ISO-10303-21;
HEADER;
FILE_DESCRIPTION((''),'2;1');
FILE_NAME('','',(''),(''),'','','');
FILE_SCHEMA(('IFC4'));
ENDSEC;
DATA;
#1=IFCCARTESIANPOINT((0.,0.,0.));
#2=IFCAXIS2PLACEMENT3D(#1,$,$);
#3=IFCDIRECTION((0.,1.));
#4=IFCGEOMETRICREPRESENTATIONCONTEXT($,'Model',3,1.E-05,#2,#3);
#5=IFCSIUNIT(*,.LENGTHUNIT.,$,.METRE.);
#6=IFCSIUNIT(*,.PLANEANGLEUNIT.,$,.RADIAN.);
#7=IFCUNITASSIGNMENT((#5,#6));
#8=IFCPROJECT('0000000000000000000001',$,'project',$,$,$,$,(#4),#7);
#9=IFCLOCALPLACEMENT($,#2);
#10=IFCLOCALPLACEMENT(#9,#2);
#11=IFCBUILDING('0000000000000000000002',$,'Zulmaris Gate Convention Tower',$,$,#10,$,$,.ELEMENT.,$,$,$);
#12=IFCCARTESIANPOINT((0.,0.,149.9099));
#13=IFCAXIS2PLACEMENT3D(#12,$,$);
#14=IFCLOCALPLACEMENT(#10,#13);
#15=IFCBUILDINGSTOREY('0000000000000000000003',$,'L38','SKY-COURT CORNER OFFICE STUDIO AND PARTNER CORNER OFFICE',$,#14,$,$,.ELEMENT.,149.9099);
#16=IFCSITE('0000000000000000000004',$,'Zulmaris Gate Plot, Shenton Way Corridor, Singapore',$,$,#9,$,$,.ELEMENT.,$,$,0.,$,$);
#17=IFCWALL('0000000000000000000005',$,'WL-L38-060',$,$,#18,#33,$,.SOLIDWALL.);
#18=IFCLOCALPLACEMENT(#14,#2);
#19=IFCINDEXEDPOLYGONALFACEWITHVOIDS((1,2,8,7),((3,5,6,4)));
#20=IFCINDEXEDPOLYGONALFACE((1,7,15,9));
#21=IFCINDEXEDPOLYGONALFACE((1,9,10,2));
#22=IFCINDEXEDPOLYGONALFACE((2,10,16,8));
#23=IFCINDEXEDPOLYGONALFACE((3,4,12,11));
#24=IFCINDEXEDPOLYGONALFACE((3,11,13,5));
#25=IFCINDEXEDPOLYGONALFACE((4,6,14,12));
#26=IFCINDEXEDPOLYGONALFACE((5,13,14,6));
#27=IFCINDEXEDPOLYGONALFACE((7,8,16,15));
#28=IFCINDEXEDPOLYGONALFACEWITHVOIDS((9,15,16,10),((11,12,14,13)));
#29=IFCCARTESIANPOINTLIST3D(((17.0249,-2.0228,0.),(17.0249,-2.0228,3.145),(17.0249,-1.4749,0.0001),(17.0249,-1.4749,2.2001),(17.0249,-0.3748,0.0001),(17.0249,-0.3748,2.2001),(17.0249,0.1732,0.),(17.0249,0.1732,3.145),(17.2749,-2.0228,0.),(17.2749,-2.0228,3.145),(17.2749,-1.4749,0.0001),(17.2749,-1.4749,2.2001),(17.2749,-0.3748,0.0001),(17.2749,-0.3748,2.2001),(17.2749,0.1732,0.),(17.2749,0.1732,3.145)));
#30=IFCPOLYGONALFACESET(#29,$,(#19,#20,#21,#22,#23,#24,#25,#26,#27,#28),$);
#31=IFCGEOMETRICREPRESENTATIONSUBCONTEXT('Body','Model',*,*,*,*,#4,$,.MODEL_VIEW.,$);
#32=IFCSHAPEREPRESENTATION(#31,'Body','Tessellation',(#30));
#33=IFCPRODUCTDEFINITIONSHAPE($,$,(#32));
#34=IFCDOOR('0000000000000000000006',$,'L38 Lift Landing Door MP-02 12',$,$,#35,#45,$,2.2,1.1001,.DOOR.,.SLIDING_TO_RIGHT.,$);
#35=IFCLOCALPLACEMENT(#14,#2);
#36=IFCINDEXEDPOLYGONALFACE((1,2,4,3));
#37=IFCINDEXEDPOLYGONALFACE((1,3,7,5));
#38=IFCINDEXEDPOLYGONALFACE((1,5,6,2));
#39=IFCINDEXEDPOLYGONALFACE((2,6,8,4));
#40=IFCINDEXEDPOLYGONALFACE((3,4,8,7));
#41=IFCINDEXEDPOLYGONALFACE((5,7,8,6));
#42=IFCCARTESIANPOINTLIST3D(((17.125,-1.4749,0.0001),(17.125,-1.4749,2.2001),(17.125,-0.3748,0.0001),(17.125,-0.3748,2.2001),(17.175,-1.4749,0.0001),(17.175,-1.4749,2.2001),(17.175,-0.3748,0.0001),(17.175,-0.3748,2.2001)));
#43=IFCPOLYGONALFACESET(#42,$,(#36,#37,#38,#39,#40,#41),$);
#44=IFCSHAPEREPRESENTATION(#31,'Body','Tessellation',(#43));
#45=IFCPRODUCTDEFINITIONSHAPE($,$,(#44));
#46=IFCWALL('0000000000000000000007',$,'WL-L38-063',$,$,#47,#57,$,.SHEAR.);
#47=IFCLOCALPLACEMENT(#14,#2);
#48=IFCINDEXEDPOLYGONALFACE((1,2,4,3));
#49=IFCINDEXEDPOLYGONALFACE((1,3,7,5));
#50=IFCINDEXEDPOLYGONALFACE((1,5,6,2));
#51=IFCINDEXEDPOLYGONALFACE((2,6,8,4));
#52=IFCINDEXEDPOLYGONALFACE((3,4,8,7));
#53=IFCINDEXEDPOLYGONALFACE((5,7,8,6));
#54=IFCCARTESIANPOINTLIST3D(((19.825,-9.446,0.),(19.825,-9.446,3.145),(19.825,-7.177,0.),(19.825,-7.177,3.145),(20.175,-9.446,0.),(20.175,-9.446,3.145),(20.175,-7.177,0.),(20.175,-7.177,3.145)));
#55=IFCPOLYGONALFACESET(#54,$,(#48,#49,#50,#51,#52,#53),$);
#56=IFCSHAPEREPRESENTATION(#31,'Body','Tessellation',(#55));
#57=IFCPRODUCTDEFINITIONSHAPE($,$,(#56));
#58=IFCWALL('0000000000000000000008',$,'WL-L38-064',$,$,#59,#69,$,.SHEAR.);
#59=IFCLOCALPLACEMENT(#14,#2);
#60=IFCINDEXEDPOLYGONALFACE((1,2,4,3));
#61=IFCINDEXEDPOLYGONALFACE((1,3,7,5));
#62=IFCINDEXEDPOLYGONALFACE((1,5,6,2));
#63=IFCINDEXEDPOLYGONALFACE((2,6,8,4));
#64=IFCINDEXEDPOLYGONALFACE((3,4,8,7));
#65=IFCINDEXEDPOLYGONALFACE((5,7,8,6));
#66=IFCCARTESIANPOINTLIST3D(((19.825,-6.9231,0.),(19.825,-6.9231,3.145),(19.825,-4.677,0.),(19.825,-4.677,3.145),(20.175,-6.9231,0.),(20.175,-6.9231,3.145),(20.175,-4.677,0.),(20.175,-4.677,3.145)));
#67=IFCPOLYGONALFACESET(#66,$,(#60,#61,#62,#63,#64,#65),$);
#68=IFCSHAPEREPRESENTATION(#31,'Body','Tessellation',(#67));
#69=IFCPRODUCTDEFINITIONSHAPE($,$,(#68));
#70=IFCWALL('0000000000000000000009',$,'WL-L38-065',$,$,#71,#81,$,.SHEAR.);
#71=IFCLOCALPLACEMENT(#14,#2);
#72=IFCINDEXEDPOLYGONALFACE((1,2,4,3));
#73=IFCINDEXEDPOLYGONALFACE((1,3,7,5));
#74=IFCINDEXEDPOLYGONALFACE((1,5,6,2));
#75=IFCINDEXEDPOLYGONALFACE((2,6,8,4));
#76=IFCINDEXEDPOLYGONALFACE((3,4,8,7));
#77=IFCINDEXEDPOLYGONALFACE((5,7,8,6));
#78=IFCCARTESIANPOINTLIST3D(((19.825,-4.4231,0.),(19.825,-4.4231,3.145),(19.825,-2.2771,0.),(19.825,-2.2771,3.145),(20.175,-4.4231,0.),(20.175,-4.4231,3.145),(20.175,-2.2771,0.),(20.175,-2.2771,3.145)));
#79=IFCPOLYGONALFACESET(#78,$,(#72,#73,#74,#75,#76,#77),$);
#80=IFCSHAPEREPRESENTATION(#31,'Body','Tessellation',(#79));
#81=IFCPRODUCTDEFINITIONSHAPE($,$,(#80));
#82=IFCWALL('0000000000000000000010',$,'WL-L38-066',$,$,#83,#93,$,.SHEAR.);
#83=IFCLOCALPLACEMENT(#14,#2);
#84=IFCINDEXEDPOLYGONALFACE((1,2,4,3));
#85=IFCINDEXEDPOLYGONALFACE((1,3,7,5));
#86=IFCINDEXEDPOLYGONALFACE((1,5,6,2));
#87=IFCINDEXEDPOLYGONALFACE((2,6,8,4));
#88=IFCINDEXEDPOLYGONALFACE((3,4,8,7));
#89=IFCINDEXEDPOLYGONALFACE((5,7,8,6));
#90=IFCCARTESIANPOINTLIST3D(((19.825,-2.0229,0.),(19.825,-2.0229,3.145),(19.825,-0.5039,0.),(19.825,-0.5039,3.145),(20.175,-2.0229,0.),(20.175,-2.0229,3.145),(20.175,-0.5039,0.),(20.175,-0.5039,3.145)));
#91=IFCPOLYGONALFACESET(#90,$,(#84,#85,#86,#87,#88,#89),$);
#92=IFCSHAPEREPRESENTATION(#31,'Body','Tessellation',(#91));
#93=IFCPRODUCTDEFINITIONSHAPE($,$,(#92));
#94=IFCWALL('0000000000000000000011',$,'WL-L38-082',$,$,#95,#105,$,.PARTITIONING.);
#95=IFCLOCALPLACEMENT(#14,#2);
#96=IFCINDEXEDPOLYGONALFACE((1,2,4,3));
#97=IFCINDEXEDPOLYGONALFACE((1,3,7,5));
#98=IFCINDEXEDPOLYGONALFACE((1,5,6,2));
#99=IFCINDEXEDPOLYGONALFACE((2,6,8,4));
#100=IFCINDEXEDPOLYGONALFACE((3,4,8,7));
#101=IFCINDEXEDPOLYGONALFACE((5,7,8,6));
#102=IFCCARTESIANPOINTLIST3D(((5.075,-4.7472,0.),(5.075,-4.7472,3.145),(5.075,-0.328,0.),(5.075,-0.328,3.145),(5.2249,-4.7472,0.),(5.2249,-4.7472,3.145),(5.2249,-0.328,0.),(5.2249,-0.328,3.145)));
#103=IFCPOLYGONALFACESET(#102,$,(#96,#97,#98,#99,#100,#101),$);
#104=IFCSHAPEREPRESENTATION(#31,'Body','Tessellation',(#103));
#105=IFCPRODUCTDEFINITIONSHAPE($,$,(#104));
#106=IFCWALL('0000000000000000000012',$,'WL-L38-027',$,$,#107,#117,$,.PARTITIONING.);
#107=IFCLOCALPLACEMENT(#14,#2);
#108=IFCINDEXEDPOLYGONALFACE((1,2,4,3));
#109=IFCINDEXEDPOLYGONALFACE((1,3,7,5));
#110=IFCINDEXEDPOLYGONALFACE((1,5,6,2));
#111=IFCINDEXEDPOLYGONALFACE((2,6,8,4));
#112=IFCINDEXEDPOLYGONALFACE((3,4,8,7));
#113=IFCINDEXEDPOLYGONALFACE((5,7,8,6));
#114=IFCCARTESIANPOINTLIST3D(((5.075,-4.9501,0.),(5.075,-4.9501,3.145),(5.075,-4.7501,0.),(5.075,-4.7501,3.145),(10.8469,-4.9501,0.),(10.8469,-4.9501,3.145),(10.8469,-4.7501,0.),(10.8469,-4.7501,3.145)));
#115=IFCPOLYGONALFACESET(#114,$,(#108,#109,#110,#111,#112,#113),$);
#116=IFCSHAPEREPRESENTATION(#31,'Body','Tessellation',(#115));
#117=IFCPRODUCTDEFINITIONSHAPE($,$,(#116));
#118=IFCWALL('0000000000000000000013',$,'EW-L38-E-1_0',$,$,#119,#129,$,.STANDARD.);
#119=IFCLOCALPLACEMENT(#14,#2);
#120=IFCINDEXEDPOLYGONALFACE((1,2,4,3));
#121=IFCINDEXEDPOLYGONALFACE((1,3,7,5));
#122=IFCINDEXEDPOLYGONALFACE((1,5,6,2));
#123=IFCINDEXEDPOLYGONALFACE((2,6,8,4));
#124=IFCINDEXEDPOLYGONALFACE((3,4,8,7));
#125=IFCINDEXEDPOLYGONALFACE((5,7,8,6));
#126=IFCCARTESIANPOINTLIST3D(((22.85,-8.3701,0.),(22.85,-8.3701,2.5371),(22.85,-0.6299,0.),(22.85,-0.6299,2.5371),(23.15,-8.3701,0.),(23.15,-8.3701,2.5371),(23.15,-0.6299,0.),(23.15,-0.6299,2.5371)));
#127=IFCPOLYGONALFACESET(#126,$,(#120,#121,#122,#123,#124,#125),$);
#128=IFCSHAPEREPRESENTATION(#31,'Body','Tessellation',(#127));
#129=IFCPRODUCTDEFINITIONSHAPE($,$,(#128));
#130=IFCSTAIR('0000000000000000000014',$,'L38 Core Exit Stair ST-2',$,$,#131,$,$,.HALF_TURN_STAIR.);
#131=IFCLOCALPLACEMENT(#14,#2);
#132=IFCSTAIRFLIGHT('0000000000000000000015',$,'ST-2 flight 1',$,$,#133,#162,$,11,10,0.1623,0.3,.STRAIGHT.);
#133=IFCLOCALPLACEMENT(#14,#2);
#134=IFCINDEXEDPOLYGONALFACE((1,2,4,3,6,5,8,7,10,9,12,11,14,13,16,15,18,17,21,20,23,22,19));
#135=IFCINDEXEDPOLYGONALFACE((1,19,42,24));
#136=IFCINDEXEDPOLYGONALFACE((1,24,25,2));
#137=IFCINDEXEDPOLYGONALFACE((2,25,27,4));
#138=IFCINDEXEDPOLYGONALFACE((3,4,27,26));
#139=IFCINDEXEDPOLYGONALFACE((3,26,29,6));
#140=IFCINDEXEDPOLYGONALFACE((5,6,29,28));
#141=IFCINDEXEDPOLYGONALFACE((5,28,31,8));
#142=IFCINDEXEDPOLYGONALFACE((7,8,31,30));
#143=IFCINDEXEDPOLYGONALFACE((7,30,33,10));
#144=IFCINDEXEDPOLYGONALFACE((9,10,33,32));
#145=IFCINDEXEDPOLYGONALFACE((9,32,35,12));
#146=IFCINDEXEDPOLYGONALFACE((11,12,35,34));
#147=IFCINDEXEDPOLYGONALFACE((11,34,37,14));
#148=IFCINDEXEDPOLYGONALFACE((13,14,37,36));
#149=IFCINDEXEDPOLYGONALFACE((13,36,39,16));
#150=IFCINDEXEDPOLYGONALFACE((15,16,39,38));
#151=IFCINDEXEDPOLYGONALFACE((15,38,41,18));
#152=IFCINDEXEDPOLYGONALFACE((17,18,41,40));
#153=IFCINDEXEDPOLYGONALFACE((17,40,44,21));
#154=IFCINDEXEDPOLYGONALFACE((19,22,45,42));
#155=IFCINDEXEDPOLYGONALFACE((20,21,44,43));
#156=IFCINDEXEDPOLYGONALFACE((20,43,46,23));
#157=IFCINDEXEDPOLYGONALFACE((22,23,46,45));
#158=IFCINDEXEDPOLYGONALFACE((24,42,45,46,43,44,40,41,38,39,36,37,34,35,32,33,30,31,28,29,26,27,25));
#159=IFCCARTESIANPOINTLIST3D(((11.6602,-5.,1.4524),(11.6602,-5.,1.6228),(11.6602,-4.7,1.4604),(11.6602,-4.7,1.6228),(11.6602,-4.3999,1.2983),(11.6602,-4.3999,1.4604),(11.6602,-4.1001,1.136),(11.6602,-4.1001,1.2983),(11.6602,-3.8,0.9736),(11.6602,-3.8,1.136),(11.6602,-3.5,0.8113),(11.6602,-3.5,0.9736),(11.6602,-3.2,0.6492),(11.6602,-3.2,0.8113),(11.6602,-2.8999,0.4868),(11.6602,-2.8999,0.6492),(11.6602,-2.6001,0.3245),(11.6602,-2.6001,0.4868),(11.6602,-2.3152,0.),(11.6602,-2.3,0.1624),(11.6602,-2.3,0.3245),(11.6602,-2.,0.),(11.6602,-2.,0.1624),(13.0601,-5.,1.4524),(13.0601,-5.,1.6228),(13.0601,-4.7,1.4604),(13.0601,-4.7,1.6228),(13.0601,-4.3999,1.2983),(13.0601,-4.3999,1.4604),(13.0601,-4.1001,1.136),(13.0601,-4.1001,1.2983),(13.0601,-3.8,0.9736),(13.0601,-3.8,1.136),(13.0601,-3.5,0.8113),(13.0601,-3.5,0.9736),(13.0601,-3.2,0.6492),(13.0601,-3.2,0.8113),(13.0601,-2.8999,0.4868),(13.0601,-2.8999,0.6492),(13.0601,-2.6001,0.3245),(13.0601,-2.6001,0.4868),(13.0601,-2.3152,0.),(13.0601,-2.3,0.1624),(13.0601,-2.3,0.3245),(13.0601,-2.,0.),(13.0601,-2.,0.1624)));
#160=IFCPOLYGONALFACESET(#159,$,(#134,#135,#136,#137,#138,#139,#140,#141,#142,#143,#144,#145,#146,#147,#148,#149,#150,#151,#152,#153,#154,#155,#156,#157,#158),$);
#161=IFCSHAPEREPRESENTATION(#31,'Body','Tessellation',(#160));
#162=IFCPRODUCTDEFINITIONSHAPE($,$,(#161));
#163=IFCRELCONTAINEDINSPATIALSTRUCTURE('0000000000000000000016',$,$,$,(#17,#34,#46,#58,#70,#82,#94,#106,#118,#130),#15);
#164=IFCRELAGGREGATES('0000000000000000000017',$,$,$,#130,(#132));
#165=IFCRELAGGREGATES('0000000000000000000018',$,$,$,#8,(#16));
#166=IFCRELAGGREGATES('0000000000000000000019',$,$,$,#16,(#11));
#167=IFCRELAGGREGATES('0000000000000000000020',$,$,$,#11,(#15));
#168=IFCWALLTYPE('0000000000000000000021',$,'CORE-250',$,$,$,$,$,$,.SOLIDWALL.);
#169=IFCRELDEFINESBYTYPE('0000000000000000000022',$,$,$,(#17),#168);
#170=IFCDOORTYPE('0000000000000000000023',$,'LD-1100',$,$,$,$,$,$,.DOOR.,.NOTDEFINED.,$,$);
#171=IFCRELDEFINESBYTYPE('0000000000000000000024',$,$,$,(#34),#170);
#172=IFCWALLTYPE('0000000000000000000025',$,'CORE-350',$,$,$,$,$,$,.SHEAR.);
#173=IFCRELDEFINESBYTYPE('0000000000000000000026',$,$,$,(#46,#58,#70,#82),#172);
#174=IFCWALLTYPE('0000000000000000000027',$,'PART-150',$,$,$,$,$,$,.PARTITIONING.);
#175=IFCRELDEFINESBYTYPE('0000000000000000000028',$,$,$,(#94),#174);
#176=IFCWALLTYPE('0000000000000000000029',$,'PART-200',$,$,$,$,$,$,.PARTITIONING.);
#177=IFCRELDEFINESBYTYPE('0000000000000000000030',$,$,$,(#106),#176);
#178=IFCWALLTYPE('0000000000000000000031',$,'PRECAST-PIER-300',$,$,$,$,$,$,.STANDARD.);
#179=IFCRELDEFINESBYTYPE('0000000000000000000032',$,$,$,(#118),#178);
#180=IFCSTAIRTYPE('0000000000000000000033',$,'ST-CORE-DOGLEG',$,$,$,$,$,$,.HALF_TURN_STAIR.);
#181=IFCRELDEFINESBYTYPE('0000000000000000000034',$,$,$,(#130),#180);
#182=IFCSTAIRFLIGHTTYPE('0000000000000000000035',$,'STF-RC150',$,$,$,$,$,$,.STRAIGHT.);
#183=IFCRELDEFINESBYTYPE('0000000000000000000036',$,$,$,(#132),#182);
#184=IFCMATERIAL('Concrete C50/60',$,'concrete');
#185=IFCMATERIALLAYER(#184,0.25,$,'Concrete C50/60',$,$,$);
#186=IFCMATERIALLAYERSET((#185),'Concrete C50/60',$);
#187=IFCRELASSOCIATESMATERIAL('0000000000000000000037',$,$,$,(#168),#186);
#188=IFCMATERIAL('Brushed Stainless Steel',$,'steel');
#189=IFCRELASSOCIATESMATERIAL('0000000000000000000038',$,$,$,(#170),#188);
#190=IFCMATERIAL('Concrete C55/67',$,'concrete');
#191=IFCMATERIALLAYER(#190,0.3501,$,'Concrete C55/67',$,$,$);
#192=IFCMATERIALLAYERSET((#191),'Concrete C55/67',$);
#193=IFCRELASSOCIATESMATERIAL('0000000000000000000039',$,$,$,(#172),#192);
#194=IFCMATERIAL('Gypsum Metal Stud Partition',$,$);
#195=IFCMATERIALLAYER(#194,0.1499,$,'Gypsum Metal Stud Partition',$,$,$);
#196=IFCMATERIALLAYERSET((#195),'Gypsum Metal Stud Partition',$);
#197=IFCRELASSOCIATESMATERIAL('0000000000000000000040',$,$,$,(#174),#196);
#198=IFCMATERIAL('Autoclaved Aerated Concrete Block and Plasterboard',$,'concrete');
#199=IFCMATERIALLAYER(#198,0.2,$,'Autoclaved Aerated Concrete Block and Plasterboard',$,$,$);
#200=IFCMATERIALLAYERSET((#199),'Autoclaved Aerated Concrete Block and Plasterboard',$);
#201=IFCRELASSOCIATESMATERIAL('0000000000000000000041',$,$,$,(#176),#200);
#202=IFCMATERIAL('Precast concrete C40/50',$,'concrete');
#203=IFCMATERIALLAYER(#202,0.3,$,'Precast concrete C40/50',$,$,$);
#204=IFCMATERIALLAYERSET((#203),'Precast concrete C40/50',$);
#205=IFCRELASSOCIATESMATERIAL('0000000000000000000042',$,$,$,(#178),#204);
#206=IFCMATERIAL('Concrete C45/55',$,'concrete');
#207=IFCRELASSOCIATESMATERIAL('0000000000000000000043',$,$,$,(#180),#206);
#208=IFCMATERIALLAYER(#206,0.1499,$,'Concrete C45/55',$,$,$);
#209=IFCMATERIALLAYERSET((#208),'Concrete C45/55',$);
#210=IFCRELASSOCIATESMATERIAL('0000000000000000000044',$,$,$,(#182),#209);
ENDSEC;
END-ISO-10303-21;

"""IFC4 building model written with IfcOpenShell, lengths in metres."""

from ifc_helpers import new_model, si_unit, direction, frame, frame_2d, origin, place, context, subcontext, project, spatial, polyline, rectangle, outline, extrude, material, layer, layer_set, type_object, element, fill, aggregate, save


model = new_model("IFC4")

# Units and contexts
model_context = context("Model", 3, precision=1e-05, world=origin(), true_north=direction((0.0, 1.0)))
body_context = subcontext(model_context, "Body", "Model", "MODEL_VIEW")
ifc_project = project(units=[si_unit("LENGTHUNIT", "METRE"), si_unit("PLANEANGLEUNIT", "RADIAN")], contexts=[model_context])

# Site, building, storey
site_placement = place(None, origin())
site = spatial("IfcSite", under=ifc_project, at=site_placement, Name="Zulmaris Gate Plot, Shenton Way Corridor, Singapore", CompositionType="ELEMENT", RefElevation=0.0)
building_placement = place(site_placement, origin())
building = spatial("IfcBuilding", under=site, at=building_placement, Name="Zulmaris Gate Convention Tower", CompositionType="ELEMENT")
storey_placement = place(building_placement, frame((0.0, 0.0, 149.9099)))
storey = spatial("IfcBuildingStorey", under=building, at=storey_placement, Name="L38", Description="SKY-COURT CORNER OFFICE STUDIO AND PARTNER CORNER OFFICE", CompositionType="ELEMENT", Elevation=149.9099)

# Shared definitions
ifc_material_1 = material(Name="Concrete C50/60", Category="concrete")
ifc_layer_1 = layer(ifc_material_1, 0.25, Name="Concrete C50/60")
ifc_layer_set_1 = layer_set([ifc_layer_1], Name="Concrete C50/60")
wall_type_1 = type_object("IfcWallType", Name="CORE-250", PredefinedType="SOLIDWALL", material=ifc_layer_set_1)

# Wall, opening, door
ifc_material_2 = material(Name="Brushed Stainless Steel", Category="steel")
door_type_1 = type_object("IfcDoorType", Name="LD-1100", OperationType="NOTDEFINED", PredefinedType="DOOR", material=ifc_material_2)
wall_1_placement = place(storey_placement, frame((17.1499, -2.0229, 0.0), z_axis=(0.0, 0.0, 1.0), x_axis=(0.0, 1.0, 0.0)))
wall_1 = element("IfcWall", 1, at=wall_1_placement, inside=storey, type_object=wall_type_1, Name="WL-L38-060", PredefinedType="SOLIDWALL", context=body_context, shape_type="SweptSolid", body=[
    extrude(rectangle(XDim=2.196, YDim=0.25, at=frame_2d((1.0981, 0.0))), origin(), (0.0, 0.0, 1.0), 3.145),
])
opening_1_placement = place(wall_1_placement, frame((0.5481, 0.0, 0.0)))
opening_1 = element("IfcOpeningElement", 2, at=opening_1_placement, cuts=wall_1, PredefinedType="OPENING", context=body_context, shape_type="SweptSolid", body=[
    extrude(rectangle(XDim=1.1001, YDim=2.2, at=frame_2d((0.55, 1.1001))), frame((0.0, 0.135, 0.0), z_axis=(0.0, -1.0, 0.0), x_axis=(1.0, 0.0, 0.0)), (0.0, 0.0, 1.0), 0.27),
])
door_1_placement = place(opening_1_placement, origin())
door_1 = element("IfcDoor", 3, at=door_1_placement, inside=storey, type_object=door_type_1, Name="L38 Lift Landing Door MP-02 12", OperationType="SLIDING_TO_RIGHT", OverallHeight=2.2, OverallWidth=1.1001, PredefinedType="DOOR", context=body_context, shape_type="SweptSolid", body=[
    extrude(rectangle(XDim=1.1001, YDim=2.2, at=frame_2d((0.55, 1.1001))), frame((0.0, 0.0249, 0.0), z_axis=(0.0, -1.0, 0.0), x_axis=(1.0, 0.0, 0.0)), (0.0, 0.0, 1.0), 0.05),
])
fill(opening_1, door_1)

# Walls
ifc_material_3 = material(Name="Concrete C55/67", Category="concrete")
ifc_layer_2 = layer(ifc_material_3, 0.3501, Name="Concrete C55/67")
ifc_layer_set_2 = layer_set([ifc_layer_2], Name="Concrete C55/67")
wall_type_2 = type_object("IfcWallType", Name="CORE-350", PredefinedType="SHEAR", material=ifc_layer_set_2)
wall_2_placement = place(storey_placement, frame((20.0, -9.446, 0.0), z_axis=(0.0, 0.0, 1.0), x_axis=(0.0, 1.0, 0.0)))
element("IfcWall", 4, at=wall_2_placement, inside=storey, type_object=wall_type_2, Name="WL-L38-063", PredefinedType="SHEAR", context=body_context, shape_type="SweptSolid", body=[
    extrude(rectangle(XDim=2.269, YDim=0.3501, at=frame_2d((1.1345, 0.0))), origin(), (0.0, 0.0, 1.0), 3.145),
])
wall_3_placement = place(storey_placement, frame((20.0, -6.9231, 0.0), z_axis=(0.0, 0.0, 1.0), x_axis=(0.0, 1.0, 0.0)))
element("IfcWall", 5, at=wall_3_placement, inside=storey, type_object=wall_type_2, Name="WL-L38-064", PredefinedType="SHEAR", context=body_context, shape_type="SweptSolid", body=[
    extrude(rectangle(XDim=2.2461, YDim=0.3501, at=frame_2d((1.123, 0.0))), origin(), (0.0, 0.0, 1.0), 3.145),
])
wall_4_placement = place(storey_placement, frame((20.0, -4.4231, 0.0), z_axis=(0.0, 0.0, 1.0), x_axis=(0.0, 1.0, 0.0)))
element("IfcWall", 6, at=wall_4_placement, inside=storey, type_object=wall_type_2, Name="WL-L38-065", PredefinedType="SHEAR", context=body_context, shape_type="SweptSolid", body=[
    extrude(rectangle(XDim=2.146, YDim=0.3501, at=frame_2d((1.073, 0.0))), origin(), (0.0, 0.0, 1.0), 3.145),
])
wall_5_placement = place(storey_placement, frame((20.0, -2.0229, 0.0), z_axis=(0.0, 0.0, 1.0), x_axis=(0.0, 1.0, 0.0)))
element("IfcWall", 7, at=wall_5_placement, inside=storey, type_object=wall_type_2, Name="WL-L38-066", PredefinedType="SHEAR", context=body_context, shape_type="SweptSolid", body=[
    extrude(rectangle(XDim=1.519, YDim=0.3501, at=frame_2d((0.7595, 0.0))), origin(), (0.0, 0.0, 1.0), 3.145),
])
ifc_material_4 = material(Name="Gypsum Metal Stud Partition")
ifc_layer_3 = layer(ifc_material_4, 0.1499, Name="Gypsum Metal Stud Partition")
ifc_layer_set_3 = layer_set([ifc_layer_3], Name="Gypsum Metal Stud Partition")
wall_type_3 = type_object("IfcWallType", Name="PART-150", PredefinedType="PARTITIONING", material=ifc_layer_set_3)
wall_6_placement = place(storey_placement, frame((5.1499, -4.7471, 0.0), z_axis=(0.0, 0.0, 1.0), x_axis=(0.0, 1.0, 0.0)))
element("IfcWall", 8, at=wall_6_placement, inside=storey, type_object=wall_type_3, Name="WL-L38-082", PredefinedType="PARTITIONING", context=body_context, shape_type="SweptSolid", body=[
    extrude(rectangle(XDim=4.4192, YDim=0.1499, at=frame_2d((2.2095, 0.0))), origin(), (0.0, 0.0, 1.0), 3.145),
])
ifc_material_5 = material(Name="Autoclaved Aerated Concrete Block and Plasterboard", Category="concrete")
ifc_layer_4 = layer(ifc_material_5, 0.2, Name="Autoclaved Aerated Concrete Block and Plasterboard")
ifc_layer_set_4 = layer_set([ifc_layer_4], Name="Autoclaved Aerated Concrete Block and Plasterboard")
wall_type_4 = type_object("IfcWallType", Name="PART-200", PredefinedType="PARTITIONING", material=ifc_layer_set_4)
wall_7_placement = place(storey_placement, frame((5.075, -4.8501, 0.0), z_axis=(0.0, 0.0, 1.0), x_axis=(1.0, 0.0, 0.0)))
element("IfcWall", 9, at=wall_7_placement, inside=storey, type_object=wall_type_4, Name="WL-L38-027", PredefinedType="PARTITIONING", context=body_context, shape_type="SweptSolid", body=[
    extrude(rectangle(XDim=5.772, YDim=0.2, at=frame_2d((2.886, 0.0))), origin(), (0.0, 0.0, 1.0), 3.145),
])
ifc_material_6 = material(Name="Precast concrete C40/50", Category="concrete")
ifc_layer_5 = layer(ifc_material_6, 0.3, Name="Precast concrete C40/50")
ifc_layer_set_5 = layer_set([ifc_layer_5], Name="Precast concrete C40/50")
wall_type_5 = type_object("IfcWallType", Name="PRECAST-PIER-300", PredefinedType="STANDARD", material=ifc_layer_set_5)
wall_8_placement = place(storey_placement, frame((23.0, -8.3701, 0.0), z_axis=(0.0, 0.0, 1.0), x_axis=(0.0, 1.0, 0.0)))
element("IfcWall", 10, at=wall_8_placement, inside=storey, type_object=wall_type_5, Name="EW-L38-E-1_0", PredefinedType="STANDARD", context=body_context, shape_type="SweptSolid", body=[
    extrude(rectangle(XDim=7.7402, YDim=0.3, at=frame_2d((3.8701, 0.0))), origin(), (0.0, 0.0, 1.0), 2.5371),
])

# Stair, stair flight
ifc_material_7 = material(Name="Concrete C45/55", Category="concrete")
stair_type = type_object("IfcStairType", Name="ST-CORE-DOGLEG", PredefinedType="HALF_TURN_STAIR", material=ifc_material_7)
stair_placement = place(storey_placement, origin())
stair = element("IfcStair", 11, at=stair_placement, inside=storey, type_object=stair_type, Name="L38 Core Exit Stair ST-2", PredefinedType="HALF_TURN_STAIR")
ifc_layer_6 = layer(ifc_material_7, 0.1499, Name="Concrete C45/55")
ifc_layer_set_6 = layer_set([ifc_layer_6], Name="Concrete C45/55")
stair_flight_type = type_object("IfcStairFlightType", Name="STF-RC150", PredefinedType="STRAIGHT", material=ifc_layer_set_6)
stair_flight_1_placement = place(storey_placement, frame((12.3601, -2.0, 0.0), z_axis=(0.0, 0.0, 1.0), x_axis=(0.0, -1.0, 0.0)))
stair_flight_1 = element("IfcStairFlight", 12, at=stair_flight_1_placement, type_object=stair_flight_type, Name="ST-2 flight 1", NumberOfRisers=11, NumberOfTreads=10, PredefinedType="STRAIGHT", RiserHeight=0.1623, TreadLength=0.3, context=body_context, shape_type="SweptSolid", body=[
    extrude(outline(polyline([(0.0, 0.0), (0.0, 0.1624), (0.3, 0.1624), (0.3, 0.3245), (0.6001, 0.3245), (0.6001, 0.4868), (0.8999, 0.4868), (0.8999, 0.6492), (1.2, 0.6492), (1.2, 0.8113), (1.5, 0.8113), (1.5, 0.9736), (1.8, 0.9736), (1.8, 1.136), (2.1001, 1.136), (2.1001, 1.2983), (2.3999, 1.2983), (2.3999, 1.4604), (2.7, 1.4604), (2.7, 1.6228), (3.0, 1.6228), (3.0, 1.7852), (3.0, 1.4524), (0.3152, 0.0), (0.0, 0.0)])), frame((0.0, 0.7, 0.0), z_axis=(0.0, -1.0, 0.0), x_axis=(1.0, 0.0, 0.0)), (0.0, 0.0, 1.0), 1.3999),
])
aggregate(stair, [stair_flight_1])

save(model, "model.ifc")
